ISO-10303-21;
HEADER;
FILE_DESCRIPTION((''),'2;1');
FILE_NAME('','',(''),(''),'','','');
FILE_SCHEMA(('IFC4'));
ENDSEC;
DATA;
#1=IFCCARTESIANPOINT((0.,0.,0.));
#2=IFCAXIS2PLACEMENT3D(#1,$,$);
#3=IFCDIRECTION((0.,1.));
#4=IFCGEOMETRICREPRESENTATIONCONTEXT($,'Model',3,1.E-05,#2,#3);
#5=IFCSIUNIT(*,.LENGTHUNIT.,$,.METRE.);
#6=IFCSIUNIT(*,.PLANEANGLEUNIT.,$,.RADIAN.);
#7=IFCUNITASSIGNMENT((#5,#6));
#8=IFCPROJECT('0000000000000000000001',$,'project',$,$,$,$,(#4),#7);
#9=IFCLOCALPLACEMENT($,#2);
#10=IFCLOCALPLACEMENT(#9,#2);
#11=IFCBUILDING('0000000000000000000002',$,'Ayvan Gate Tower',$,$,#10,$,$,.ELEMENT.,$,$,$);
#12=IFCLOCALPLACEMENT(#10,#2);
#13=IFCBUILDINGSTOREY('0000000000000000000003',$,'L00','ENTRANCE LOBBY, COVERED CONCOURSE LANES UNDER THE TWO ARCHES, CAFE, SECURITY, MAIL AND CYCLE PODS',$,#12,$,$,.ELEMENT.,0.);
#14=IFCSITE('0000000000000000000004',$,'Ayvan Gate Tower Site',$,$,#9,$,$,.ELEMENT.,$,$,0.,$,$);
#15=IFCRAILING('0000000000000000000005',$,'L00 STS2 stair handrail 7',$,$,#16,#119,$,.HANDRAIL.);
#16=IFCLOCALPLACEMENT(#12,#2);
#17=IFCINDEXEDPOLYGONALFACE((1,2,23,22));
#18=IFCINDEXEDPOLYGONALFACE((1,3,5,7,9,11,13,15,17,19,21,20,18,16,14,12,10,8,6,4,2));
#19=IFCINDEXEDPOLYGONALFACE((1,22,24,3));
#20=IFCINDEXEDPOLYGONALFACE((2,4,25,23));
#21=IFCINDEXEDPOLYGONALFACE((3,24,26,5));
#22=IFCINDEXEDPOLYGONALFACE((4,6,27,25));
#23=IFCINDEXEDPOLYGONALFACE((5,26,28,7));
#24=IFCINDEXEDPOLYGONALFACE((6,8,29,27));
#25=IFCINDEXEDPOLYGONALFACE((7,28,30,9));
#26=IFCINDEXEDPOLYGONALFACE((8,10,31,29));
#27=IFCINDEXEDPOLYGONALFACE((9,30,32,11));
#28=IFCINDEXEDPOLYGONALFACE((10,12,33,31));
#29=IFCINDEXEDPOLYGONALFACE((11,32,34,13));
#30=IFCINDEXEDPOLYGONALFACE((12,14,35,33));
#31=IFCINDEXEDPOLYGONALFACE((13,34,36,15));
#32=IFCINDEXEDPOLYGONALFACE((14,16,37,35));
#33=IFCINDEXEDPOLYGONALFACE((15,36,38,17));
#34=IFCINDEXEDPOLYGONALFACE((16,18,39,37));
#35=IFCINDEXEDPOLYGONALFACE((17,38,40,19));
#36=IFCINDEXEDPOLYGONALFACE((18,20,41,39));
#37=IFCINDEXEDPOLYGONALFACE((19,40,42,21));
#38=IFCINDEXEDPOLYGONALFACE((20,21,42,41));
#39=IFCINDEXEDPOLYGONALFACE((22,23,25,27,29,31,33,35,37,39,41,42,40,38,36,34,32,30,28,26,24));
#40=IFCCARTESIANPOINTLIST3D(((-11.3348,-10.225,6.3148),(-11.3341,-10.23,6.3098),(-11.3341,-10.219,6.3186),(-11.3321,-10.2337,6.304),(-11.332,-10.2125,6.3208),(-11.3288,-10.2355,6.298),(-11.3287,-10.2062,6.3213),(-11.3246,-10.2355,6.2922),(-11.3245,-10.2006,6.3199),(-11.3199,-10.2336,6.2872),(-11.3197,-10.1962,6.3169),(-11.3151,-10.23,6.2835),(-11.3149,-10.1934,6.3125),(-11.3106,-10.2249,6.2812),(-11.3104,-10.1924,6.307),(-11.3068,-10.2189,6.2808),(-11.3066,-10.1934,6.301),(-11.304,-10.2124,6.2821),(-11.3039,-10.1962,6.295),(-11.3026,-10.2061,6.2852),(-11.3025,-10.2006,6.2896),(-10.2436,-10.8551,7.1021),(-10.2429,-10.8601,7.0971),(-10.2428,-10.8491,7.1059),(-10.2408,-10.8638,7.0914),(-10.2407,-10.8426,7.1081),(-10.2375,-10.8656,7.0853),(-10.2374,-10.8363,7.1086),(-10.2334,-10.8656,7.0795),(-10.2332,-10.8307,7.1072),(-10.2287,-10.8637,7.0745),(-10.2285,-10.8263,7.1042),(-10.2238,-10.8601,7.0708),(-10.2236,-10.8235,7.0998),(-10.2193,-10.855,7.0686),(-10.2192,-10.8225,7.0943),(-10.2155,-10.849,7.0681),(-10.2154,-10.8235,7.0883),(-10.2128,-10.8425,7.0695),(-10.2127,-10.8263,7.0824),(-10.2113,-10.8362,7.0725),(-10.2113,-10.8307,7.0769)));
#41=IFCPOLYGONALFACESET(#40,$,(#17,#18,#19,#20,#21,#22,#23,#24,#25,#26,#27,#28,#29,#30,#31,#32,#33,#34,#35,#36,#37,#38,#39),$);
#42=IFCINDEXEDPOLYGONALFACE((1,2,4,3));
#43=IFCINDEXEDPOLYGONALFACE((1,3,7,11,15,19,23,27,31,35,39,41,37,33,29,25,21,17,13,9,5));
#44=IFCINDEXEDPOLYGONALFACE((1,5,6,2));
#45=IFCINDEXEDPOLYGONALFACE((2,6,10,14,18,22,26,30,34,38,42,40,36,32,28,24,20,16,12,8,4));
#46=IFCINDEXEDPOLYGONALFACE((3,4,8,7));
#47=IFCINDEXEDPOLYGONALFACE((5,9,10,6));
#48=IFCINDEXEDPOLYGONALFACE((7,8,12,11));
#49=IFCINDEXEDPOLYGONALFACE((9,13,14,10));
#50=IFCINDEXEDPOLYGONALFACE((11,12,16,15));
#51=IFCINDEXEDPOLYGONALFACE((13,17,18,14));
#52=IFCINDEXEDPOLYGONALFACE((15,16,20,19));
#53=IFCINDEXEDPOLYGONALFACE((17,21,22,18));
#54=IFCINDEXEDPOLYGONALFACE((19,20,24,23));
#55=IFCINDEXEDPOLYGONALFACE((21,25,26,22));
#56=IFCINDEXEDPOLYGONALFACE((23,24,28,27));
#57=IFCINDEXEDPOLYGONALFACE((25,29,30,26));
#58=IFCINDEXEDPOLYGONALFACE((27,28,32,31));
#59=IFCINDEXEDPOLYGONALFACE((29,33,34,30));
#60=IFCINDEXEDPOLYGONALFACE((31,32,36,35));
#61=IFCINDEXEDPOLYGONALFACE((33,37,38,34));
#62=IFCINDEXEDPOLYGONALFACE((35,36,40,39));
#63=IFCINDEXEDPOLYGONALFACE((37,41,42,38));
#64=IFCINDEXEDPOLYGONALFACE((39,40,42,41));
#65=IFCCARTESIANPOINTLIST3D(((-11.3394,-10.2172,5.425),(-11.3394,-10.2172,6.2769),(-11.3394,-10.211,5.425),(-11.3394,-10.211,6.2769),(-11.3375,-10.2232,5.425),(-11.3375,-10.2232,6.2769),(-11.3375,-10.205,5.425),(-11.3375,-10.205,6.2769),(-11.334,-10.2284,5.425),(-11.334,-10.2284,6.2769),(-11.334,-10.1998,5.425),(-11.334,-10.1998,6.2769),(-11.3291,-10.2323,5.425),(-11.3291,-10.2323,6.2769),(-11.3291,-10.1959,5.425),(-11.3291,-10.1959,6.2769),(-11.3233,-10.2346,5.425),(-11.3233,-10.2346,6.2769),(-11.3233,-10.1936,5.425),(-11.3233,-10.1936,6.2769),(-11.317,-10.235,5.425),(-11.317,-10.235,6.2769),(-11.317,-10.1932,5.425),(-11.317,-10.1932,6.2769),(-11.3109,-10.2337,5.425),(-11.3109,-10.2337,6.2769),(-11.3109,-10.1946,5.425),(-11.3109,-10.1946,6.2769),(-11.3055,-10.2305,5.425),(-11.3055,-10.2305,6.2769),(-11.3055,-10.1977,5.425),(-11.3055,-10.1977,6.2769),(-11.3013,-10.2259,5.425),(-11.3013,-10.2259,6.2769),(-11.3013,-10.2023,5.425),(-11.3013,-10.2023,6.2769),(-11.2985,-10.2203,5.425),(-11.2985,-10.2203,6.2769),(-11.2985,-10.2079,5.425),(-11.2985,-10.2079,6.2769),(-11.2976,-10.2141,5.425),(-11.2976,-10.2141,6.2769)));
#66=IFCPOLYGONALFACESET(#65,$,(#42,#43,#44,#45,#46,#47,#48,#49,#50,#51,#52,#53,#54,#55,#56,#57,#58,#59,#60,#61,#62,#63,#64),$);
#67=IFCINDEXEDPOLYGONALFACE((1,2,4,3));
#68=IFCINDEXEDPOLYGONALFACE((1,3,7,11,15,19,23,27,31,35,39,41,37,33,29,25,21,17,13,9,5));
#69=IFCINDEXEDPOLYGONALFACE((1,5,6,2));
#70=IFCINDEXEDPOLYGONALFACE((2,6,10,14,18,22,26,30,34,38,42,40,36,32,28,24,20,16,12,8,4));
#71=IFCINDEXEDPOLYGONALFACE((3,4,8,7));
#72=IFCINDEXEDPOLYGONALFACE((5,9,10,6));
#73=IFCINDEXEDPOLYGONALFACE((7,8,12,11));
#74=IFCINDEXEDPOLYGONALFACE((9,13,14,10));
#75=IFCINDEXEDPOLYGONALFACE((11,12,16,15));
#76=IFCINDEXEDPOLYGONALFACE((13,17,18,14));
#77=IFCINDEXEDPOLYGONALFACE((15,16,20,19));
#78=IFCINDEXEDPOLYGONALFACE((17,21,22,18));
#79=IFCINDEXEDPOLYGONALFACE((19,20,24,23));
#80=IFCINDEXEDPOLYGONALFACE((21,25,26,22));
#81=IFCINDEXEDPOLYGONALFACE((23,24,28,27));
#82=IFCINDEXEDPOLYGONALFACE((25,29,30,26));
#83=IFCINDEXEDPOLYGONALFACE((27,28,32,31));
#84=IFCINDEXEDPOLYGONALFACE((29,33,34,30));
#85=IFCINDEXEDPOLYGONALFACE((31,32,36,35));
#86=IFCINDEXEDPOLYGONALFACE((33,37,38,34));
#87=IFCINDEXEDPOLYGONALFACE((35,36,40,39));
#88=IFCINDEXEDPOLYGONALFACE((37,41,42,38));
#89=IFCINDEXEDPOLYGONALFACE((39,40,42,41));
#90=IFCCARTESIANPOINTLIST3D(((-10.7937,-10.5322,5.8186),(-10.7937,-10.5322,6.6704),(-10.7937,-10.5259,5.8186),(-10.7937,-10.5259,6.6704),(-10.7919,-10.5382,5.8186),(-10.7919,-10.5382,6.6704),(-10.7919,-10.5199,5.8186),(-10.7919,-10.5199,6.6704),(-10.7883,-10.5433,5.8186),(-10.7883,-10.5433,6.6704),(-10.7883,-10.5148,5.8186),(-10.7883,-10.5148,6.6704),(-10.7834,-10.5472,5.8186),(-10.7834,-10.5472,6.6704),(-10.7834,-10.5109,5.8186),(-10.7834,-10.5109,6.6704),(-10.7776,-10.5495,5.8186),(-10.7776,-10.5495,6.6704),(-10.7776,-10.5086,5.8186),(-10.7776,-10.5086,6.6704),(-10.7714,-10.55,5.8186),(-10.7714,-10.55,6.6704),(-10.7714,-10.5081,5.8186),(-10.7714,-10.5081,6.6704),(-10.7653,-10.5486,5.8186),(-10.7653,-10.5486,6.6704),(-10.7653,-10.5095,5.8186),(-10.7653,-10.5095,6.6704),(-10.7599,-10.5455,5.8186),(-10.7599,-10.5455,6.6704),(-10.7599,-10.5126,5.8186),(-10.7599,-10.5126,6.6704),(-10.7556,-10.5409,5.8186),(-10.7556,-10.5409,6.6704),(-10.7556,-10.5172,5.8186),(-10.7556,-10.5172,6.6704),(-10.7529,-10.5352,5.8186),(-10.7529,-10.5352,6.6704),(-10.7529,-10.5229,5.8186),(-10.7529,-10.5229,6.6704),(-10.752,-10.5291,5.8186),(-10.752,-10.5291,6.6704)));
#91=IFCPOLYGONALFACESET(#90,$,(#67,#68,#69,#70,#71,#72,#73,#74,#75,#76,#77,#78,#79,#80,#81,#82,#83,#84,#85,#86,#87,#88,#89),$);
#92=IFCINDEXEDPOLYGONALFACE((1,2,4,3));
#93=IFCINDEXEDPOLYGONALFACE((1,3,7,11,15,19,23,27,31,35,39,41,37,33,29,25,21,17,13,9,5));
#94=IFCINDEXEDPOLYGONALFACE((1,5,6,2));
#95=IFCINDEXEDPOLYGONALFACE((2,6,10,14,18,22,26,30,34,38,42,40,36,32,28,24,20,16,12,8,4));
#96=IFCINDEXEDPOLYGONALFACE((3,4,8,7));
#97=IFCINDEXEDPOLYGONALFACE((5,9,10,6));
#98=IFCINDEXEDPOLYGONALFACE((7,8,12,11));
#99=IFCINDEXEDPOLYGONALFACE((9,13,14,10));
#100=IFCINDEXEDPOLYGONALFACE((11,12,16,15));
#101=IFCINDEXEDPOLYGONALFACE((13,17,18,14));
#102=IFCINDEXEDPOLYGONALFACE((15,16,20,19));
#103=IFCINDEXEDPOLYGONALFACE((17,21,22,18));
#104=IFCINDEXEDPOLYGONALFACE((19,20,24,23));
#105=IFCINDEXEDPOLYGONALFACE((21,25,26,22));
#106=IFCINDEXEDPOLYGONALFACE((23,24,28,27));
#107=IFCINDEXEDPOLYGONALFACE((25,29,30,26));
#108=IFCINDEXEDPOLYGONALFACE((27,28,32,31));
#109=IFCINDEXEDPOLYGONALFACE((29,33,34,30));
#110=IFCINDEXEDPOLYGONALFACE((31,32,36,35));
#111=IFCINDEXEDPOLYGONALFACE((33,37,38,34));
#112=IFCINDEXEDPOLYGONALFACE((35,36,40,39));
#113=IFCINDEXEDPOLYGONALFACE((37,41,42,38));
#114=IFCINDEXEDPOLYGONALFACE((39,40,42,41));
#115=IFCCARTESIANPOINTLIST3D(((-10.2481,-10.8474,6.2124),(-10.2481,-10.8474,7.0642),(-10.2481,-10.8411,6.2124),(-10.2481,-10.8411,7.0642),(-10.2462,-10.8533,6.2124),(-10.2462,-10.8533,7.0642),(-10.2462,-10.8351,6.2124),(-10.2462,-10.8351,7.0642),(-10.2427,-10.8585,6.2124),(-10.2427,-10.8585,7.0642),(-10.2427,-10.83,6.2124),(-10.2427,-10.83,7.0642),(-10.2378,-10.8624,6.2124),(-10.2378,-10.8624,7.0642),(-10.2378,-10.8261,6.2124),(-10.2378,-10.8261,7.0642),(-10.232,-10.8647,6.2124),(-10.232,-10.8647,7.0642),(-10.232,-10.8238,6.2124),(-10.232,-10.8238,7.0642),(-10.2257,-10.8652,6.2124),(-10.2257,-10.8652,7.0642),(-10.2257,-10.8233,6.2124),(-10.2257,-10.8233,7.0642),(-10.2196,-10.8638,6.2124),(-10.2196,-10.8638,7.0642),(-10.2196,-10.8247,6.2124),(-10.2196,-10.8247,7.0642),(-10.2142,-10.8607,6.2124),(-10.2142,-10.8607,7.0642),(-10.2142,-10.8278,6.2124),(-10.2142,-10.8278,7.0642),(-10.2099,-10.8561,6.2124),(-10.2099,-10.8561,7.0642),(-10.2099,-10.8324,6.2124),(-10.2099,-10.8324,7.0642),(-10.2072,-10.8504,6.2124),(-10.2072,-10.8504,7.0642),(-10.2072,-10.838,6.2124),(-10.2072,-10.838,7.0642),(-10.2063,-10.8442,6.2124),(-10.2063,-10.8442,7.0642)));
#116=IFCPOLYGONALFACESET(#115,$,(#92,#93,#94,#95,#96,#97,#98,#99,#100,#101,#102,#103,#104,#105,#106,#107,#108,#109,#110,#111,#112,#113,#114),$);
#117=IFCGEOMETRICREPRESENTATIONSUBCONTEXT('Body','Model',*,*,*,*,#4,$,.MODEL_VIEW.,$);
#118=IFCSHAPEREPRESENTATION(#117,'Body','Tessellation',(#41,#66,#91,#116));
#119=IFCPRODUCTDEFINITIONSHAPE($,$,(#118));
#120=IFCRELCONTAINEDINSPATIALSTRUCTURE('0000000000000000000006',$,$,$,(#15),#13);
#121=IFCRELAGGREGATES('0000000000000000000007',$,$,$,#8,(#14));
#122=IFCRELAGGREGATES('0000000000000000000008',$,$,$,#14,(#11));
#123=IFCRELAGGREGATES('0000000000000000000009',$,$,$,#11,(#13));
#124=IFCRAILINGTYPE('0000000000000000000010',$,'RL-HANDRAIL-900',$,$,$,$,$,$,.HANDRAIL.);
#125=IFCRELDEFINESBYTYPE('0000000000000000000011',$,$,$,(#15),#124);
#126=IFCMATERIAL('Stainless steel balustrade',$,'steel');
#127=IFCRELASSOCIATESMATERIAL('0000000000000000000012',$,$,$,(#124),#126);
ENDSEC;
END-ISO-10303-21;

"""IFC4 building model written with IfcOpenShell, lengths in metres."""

from ifc_helpers import new_model, si_unit, direction, frame, origin, origin_2d, place, context, subcontext, project, spatial, circle, extrude, material, type_object, element, save


model = new_model("IFC4")

# Units and contexts
model_context = context("Model", 3, precision=1e-05, world=origin(), true_north=direction((0.0, 1.0)))
body_context = subcontext(model_context, "Body", "Model", "MODEL_VIEW")
ifc_project = project(units=[si_unit("LENGTHUNIT", "METRE"), si_unit("PLANEANGLEUNIT", "RADIAN")], contexts=[model_context])

# Site, building, storey
site_placement = place(None, origin())
site = spatial("IfcSite", under=ifc_project, at=site_placement, Name="Ayvan Gate Tower Site", CompositionType="ELEMENT", RefElevation=0.0)
building_placement = place(site_placement, origin())
building = spatial("IfcBuilding", under=site, at=building_placement, Name="Ayvan Gate Tower", CompositionType="ELEMENT")
storey_placement = place(building_placement, origin())
storey = spatial("IfcBuildingStorey", under=building, at=storey_placement, Name="L00", Description="ENTRANCE LOBBY, COVERED CONCOURSE LANES UNDER THE TWO ARCHES, CAFE, SECURITY, MAIL AND CYCLE PODS", CompositionType="ELEMENT", Elevation=0.0)

# Railing
ifc_material_1 = material(Name="Stainless steel balustrade", Category="steel")
railing_type_1 = type_object("IfcRailingType", Name="RL-HANDRAIL-900", PredefinedType="HANDRAIL", material=ifc_material_1)
railing_1_placement = place(storey_placement, frame((-11.3186, -10.2141, 5.425)))
element("IfcRailing", 1, at=railing_1_placement, inside=storey, type_object=railing_type_1, Name="L00 STS2 stair handrail 7", PredefinedType="HANDRAIL", context=body_context, shape_type="SweptSolid", body=[
    extrude(circle(Radius=0.0239, at=origin_2d()), frame((0.0, 0.0, 0.876), z_axis=(0.734436, -0.424067, 0.529878), x_axis=(0.500035, 0.866005, 0.0)), (0.0, 0.0, 1.0), 1.4858),
    extrude(circle(Radius=0.021, at=origin_2d()), origin(), (0.0, 0.0, 1.0), 0.8518),
    extrude(circle(Radius=0.021, at=origin_2d()), frame((0.5457, -0.3149, 0.3936)), (0.0, 0.0, 1.0), 0.8518),
    extrude(circle(Radius=0.021, at=origin_2d()), frame((1.0913, -0.6301, 0.7874)), (0.0, 0.0, 1.0), 0.8518),
])

save(model, "model.ifc")
